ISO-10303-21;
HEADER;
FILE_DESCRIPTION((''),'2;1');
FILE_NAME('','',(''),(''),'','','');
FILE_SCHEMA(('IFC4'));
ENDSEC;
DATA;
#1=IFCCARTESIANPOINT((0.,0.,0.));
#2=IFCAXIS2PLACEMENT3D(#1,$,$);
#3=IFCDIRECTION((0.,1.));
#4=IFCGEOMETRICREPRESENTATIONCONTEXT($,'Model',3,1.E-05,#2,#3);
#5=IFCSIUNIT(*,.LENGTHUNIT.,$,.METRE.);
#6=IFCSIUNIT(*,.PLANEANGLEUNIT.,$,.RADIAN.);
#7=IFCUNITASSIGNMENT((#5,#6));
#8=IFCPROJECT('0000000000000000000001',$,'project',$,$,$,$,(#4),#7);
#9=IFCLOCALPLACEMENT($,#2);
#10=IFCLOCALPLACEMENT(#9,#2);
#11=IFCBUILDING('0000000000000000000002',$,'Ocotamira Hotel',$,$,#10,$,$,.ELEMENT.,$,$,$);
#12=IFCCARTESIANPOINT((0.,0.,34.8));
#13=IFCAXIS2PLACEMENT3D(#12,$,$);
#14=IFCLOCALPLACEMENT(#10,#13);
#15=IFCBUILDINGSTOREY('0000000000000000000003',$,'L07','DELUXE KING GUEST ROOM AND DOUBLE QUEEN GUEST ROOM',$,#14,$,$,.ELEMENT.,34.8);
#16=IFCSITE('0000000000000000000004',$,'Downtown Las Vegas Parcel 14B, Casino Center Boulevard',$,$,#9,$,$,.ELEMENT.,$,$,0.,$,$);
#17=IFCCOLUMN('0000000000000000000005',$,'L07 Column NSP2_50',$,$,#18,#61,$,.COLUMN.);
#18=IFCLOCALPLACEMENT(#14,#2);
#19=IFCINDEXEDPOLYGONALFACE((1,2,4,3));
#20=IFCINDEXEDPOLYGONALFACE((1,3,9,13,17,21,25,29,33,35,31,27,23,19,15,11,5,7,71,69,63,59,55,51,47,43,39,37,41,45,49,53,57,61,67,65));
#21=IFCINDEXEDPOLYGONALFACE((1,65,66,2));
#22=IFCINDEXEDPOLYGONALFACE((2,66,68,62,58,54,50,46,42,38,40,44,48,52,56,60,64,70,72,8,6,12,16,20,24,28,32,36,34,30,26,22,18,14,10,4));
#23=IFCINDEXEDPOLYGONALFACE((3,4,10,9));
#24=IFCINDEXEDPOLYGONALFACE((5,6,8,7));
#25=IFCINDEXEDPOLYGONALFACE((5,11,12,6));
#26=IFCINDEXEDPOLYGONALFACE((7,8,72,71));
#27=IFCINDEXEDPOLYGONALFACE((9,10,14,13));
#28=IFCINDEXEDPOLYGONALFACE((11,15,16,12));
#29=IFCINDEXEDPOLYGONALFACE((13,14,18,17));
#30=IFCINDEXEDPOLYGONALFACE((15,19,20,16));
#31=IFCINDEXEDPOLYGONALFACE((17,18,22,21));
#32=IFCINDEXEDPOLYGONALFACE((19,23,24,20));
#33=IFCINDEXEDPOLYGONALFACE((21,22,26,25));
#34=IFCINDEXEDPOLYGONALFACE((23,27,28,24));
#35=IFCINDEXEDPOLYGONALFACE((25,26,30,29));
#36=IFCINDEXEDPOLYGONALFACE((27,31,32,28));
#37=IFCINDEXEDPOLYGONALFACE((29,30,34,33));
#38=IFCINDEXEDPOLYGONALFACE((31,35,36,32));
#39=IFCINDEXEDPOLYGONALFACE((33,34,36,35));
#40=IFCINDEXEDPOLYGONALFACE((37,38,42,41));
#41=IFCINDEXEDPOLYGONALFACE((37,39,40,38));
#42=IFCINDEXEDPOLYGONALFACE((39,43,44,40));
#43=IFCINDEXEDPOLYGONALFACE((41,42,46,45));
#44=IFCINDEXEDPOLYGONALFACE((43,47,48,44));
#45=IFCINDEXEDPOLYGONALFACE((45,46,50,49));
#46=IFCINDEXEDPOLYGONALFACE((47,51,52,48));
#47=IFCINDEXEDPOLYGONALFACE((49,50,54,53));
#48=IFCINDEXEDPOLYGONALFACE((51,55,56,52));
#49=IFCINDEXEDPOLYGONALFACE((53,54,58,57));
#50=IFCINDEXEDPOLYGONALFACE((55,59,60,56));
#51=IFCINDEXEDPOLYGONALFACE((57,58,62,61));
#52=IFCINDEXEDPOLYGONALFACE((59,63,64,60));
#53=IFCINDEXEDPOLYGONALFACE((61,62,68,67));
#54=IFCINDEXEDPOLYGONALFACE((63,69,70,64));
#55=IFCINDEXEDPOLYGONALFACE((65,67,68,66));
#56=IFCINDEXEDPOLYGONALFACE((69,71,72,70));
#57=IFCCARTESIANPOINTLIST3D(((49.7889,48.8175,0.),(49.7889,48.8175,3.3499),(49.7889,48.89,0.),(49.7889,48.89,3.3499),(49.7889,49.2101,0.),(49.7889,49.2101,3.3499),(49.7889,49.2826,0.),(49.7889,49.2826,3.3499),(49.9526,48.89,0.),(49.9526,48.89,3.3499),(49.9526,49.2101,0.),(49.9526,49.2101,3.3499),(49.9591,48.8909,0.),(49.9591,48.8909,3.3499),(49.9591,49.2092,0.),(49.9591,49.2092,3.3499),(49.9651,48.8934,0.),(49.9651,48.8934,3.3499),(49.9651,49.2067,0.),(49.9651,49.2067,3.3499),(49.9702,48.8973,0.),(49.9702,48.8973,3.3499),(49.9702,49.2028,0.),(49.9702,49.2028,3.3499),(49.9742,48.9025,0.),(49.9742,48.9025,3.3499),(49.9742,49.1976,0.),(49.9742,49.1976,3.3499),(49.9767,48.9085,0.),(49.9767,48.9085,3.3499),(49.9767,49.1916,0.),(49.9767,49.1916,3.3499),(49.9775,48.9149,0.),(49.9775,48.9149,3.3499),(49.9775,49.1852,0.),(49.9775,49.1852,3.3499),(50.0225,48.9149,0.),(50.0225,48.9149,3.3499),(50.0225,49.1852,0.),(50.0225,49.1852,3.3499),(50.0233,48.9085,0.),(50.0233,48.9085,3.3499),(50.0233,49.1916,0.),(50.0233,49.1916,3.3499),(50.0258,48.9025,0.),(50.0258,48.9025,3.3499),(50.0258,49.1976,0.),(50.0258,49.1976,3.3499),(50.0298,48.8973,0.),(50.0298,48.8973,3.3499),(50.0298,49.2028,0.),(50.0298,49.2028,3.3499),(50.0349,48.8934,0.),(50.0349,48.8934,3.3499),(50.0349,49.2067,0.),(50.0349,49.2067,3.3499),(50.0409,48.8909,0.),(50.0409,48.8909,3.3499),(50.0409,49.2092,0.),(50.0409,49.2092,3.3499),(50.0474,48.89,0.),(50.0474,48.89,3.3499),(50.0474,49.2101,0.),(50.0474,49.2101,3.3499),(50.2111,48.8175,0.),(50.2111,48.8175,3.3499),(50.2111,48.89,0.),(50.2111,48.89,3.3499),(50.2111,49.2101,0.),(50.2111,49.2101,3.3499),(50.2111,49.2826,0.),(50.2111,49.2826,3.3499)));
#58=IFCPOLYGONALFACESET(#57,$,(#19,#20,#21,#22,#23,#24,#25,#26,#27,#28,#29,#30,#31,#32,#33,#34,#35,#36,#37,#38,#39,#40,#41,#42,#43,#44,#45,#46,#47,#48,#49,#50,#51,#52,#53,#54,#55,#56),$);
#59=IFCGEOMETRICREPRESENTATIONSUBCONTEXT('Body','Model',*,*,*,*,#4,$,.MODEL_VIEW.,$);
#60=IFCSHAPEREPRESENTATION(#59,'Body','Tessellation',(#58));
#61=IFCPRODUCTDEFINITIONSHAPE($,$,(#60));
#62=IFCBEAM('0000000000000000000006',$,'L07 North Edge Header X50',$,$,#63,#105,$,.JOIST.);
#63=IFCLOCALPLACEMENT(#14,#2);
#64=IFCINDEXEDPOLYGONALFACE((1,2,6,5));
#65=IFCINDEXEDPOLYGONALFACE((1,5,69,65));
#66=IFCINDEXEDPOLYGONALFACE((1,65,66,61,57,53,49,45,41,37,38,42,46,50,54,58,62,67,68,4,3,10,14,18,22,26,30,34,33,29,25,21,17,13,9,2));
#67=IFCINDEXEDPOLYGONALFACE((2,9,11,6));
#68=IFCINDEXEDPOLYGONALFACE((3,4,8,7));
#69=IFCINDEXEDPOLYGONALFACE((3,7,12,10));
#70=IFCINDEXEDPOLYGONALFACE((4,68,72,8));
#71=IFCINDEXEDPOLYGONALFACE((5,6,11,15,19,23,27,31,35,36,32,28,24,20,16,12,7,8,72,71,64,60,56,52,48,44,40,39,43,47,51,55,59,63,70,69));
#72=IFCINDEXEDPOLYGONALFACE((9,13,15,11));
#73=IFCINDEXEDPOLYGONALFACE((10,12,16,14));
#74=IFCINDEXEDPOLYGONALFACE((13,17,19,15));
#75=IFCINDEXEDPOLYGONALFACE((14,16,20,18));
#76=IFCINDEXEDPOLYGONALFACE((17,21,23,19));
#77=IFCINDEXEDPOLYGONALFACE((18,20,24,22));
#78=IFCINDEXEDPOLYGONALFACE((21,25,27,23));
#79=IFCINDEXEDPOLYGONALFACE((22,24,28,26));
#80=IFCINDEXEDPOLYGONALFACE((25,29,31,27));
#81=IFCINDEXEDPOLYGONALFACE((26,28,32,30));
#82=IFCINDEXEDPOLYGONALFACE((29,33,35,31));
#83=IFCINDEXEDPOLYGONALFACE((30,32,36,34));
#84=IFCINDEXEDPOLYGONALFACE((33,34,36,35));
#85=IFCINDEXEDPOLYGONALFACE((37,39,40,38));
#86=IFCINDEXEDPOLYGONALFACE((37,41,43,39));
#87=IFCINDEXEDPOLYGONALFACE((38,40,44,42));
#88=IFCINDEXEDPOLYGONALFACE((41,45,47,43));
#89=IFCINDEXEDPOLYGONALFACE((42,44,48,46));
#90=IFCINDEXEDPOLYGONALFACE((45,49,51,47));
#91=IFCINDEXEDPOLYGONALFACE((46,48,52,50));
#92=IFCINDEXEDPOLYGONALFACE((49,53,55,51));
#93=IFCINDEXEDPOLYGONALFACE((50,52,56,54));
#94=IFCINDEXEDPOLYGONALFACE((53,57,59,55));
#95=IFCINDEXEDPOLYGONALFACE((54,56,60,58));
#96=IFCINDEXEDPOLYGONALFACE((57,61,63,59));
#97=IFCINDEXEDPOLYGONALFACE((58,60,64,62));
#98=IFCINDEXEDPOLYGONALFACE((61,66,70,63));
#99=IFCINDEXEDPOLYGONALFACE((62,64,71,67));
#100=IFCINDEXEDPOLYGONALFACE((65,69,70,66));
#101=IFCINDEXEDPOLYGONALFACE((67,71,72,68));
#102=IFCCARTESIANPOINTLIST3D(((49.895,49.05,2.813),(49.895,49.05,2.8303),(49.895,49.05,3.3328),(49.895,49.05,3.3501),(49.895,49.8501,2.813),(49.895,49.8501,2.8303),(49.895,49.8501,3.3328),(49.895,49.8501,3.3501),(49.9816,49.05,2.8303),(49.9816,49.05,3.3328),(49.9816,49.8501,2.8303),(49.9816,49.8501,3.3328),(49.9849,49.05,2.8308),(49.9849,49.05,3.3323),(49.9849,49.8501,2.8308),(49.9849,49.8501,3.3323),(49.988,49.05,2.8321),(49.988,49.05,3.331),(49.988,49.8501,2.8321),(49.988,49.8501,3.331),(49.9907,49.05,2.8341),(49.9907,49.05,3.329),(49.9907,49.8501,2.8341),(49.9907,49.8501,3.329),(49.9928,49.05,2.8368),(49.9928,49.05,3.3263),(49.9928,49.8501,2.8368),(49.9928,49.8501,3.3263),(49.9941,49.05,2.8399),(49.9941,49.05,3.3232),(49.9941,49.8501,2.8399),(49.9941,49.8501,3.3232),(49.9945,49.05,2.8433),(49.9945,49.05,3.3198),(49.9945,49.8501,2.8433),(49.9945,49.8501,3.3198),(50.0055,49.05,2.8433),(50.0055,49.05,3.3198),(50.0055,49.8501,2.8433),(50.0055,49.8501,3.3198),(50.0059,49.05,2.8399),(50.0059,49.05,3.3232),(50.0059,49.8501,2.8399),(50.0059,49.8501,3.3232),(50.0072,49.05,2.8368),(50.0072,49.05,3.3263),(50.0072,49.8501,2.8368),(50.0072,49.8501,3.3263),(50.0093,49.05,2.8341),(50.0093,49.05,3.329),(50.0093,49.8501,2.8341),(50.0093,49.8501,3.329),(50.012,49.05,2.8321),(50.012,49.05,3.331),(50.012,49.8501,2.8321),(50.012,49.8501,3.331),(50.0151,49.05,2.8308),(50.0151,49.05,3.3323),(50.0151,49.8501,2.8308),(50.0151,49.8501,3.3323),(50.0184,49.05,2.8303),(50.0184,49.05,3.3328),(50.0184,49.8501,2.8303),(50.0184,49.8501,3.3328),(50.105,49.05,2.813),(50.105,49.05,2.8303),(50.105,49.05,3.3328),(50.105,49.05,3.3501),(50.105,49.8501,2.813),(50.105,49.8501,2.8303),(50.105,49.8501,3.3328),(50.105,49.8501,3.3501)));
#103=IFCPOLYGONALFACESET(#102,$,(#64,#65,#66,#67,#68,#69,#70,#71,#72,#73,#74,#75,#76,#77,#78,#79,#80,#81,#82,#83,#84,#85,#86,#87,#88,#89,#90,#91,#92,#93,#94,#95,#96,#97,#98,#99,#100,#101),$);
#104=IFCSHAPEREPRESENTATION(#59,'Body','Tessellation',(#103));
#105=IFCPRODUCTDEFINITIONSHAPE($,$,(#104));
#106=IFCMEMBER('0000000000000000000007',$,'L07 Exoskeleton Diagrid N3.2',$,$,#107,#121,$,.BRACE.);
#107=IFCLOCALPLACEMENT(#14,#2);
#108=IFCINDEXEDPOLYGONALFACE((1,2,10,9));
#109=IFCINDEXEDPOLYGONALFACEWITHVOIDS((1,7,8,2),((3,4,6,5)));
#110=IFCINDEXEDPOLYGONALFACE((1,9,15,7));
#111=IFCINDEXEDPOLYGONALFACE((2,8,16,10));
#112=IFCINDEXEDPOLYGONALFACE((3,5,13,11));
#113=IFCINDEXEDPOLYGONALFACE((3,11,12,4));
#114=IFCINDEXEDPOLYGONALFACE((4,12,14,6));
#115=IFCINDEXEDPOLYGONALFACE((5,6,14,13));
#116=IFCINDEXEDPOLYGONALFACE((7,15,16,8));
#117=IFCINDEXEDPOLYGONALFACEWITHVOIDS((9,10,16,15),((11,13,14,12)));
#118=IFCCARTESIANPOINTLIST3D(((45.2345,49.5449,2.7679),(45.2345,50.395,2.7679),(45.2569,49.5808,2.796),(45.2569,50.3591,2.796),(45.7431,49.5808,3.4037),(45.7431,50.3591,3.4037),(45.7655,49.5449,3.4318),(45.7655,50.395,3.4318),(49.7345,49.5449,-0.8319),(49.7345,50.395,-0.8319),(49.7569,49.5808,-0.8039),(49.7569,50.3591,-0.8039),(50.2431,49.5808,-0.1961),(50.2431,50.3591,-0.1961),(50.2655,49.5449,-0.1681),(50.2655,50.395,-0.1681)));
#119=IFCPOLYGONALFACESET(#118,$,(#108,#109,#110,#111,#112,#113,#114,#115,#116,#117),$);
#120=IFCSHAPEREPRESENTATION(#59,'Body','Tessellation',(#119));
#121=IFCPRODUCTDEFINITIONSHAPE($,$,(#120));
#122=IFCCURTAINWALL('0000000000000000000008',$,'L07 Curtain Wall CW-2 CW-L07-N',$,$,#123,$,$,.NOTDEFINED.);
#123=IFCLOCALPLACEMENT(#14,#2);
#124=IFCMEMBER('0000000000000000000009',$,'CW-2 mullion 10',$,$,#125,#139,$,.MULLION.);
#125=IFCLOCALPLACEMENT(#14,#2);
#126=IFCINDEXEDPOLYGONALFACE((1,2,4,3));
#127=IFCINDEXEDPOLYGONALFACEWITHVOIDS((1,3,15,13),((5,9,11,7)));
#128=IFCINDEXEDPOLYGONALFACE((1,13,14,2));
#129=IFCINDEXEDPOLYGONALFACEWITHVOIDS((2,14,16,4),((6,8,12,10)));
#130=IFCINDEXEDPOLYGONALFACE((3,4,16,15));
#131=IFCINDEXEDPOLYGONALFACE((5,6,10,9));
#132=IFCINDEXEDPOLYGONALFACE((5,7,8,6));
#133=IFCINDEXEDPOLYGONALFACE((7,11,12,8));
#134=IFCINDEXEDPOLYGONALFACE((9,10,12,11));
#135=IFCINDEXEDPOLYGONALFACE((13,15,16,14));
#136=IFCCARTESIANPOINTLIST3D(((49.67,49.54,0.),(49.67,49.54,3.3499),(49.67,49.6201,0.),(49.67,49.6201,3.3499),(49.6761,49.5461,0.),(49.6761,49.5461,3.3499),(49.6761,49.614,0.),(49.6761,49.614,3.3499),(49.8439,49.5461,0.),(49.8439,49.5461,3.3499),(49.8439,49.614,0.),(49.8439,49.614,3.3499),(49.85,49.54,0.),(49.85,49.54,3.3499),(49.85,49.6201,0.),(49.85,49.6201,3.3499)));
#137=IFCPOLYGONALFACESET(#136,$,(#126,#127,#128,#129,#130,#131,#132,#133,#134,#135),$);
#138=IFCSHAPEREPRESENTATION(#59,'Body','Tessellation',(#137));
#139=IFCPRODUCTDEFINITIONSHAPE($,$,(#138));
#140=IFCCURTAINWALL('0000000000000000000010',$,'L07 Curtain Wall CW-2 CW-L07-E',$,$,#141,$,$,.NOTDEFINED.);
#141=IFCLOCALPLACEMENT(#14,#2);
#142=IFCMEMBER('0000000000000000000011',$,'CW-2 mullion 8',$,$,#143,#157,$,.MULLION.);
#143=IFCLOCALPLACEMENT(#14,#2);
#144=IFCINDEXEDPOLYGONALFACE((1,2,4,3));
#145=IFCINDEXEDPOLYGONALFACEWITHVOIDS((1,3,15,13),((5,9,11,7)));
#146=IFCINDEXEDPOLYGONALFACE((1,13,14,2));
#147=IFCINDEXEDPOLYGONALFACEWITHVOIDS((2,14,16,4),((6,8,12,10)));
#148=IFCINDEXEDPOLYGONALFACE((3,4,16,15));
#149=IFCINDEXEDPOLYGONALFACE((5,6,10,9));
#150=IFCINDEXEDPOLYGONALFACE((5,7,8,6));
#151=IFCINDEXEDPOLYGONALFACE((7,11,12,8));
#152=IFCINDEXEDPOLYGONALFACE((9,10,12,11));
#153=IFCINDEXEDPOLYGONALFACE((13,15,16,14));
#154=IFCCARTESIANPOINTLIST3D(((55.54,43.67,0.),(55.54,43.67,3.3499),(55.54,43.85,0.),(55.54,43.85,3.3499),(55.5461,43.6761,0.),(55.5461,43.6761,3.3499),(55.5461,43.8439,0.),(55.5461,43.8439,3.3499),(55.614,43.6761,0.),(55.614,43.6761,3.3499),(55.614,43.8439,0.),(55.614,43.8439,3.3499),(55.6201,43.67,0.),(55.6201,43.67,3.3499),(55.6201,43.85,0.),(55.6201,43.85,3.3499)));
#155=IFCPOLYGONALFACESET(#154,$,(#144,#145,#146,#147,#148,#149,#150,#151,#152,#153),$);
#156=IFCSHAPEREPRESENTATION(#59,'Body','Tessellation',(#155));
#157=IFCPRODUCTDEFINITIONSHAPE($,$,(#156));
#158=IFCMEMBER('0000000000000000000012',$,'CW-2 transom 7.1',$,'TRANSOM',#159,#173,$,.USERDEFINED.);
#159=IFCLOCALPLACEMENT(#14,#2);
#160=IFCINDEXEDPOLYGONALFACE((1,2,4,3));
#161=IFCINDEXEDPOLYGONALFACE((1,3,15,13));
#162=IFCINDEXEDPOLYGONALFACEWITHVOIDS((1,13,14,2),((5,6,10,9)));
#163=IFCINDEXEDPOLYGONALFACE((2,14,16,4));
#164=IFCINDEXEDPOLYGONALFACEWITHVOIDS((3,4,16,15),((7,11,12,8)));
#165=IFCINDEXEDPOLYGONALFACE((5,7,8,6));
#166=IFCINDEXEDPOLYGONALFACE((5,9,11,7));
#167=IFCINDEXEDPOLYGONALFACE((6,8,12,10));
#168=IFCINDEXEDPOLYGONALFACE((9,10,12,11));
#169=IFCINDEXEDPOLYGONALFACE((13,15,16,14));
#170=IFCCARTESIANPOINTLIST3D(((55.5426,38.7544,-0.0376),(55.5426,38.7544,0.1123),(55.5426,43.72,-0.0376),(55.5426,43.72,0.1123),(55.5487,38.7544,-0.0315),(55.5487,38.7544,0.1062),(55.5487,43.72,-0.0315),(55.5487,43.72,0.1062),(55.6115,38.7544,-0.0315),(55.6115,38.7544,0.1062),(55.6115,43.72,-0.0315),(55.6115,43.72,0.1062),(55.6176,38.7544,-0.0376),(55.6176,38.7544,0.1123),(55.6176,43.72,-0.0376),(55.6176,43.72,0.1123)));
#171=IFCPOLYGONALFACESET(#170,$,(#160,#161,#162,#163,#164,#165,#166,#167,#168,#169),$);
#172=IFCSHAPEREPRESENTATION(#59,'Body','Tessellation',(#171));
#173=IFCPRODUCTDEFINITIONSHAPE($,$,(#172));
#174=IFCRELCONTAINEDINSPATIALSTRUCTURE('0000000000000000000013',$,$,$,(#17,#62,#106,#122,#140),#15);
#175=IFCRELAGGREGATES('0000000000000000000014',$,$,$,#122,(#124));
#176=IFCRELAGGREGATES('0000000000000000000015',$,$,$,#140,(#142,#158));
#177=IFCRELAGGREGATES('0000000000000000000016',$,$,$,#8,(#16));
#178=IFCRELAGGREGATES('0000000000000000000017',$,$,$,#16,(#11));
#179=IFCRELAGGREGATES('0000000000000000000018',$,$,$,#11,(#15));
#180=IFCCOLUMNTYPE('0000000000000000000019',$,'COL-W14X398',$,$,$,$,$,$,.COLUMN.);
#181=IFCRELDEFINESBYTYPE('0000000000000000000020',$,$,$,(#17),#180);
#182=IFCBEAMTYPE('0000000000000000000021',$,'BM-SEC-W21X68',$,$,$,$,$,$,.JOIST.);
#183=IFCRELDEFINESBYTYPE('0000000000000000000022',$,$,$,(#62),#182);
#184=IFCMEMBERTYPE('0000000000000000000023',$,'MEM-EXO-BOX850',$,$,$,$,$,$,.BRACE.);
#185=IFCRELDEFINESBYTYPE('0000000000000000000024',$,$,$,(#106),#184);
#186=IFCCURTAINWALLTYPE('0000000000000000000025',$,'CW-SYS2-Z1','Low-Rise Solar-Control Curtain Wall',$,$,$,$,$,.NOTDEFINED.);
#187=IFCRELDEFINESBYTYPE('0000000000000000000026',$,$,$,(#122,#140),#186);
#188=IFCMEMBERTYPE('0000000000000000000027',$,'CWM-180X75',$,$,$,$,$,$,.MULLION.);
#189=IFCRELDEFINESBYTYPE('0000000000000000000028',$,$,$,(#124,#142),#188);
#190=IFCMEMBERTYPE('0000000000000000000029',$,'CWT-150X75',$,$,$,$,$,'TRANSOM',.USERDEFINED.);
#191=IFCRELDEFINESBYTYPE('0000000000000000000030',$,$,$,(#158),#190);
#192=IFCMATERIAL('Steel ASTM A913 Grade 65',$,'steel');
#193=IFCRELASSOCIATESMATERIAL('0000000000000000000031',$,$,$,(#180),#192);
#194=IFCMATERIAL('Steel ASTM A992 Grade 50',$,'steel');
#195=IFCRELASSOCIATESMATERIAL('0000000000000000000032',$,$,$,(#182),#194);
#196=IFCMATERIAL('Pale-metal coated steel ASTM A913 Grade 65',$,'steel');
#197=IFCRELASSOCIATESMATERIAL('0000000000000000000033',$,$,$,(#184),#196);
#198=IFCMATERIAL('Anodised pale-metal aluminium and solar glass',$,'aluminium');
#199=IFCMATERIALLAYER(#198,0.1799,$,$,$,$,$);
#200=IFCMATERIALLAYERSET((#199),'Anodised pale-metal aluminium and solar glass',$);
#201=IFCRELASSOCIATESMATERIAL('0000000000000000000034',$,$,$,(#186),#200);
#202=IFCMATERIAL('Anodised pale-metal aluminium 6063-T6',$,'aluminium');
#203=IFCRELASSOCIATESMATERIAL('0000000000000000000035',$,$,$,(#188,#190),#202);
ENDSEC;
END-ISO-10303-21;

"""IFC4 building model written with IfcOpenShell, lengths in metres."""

from ifc_helpers import new_model, si_unit, direction, frame, origin, origin_2d, place, context, subcontext, project, spatial, hollow_rectangle, i_section, extrude, source, transform, mapped, material, layer, layer_set, material_profile, profile_set, type_object, element, aggregate, save


model = new_model("IFC4")

# Units and contexts
model_context = context("Model", 3, precision=1e-05, world=origin(), true_north=direction((0.0, 1.0)))
body_context = subcontext(model_context, "Body", "Model", "MODEL_VIEW")
ifc_project = project(units=[si_unit("LENGTHUNIT", "METRE"), si_unit("PLANEANGLEUNIT", "RADIAN")], contexts=[model_context])

# Site, building, storey
site_placement = place(None, origin())
site = spatial("IfcSite", under=ifc_project, at=site_placement, Name="Downtown Las Vegas Parcel 14B, Casino Center Boulevard", CompositionType="ELEMENT", RefElevation=0.0)
building_placement = place(site_placement, origin())
building = spatial("IfcBuilding", under=site, at=building_placement, Name="Ocotamira Hotel", CompositionType="ELEMENT")
storey_placement = place(building_placement, frame((0.0, 0.0, 34.8)))
storey = spatial("IfcBuildingStorey", under=building, at=storey_placement, Name="L07", Description="DELUXE KING GUEST ROOM AND DOUBLE QUEEN GUEST ROOM", CompositionType="ELEMENT", Elevation=34.8)

# Column
ifc_material_1 = material(Name="Steel ASTM A913 Grade 65", Category="steel")
ifc_material_profile_1 = material_profile(ifc_material_1, i_section(OverallWidth=0.4221, OverallDepth=0.4651, WebThickness=0.0449, FlangeThickness=0.0725, FilletRadius=0.0249, at=origin_2d()), Name="W14X398")
ifc_profile_set_1 = profile_set([ifc_material_profile_1], Name="Steel ASTM A913 Grade 65")
column_type = type_object("IfcColumnType", Name="COL-W14X398", PredefinedType="COLUMN", material=ifc_profile_set_1)
shared_shape_1 = source(origin(), body_context, "Body", "SweptSolid", [
    extrude(i_section(OverallWidth=0.4221, OverallDepth=0.4651, WebThickness=0.0449, FlangeThickness=0.0725, FilletRadius=0.0249, at=origin_2d()), origin(), (0.0, 0.0, 1.0), 3.3499),
])
column_placement = place(storey_placement, frame((50.0, 49.05, 0.0), z_axis=(0.0, 0.0, 1.0), x_axis=(1.0, 0.0, 0.0)))
element("IfcColumn", 1, at=column_placement, inside=storey, type_object=column_type, Name="L07 Column NSP2_50", PredefinedType="COLUMN", context=body_context, shape_type="MappedRepresentation", body=[
    mapped(shared_shape_1, transform((0.0, 0.0, 0.0), scale=1.0)),
])

# Beam
ifc_material_2 = material(Name="Steel ASTM A992 Grade 50", Category="steel")
ifc_material_profile_2 = material_profile(ifc_material_2, i_section(OverallWidth=0.21, OverallDepth=0.5371, WebThickness=0.011, FlangeThickness=0.0173, FilletRadius=0.0129, at=origin_2d()), Name="W21X68")
ifc_profile_set_2 = profile_set([ifc_material_profile_2], Name="Steel ASTM A992 Grade 50")
beam_type = type_object("IfcBeamType", Name="BM-SEC-W21X68", PredefinedType="JOIST", material=ifc_profile_set_2)
shared_shape_2 = source(origin(), body_context, "Body", "SweptSolid", [
    extrude(i_section(OverallWidth=0.21, OverallDepth=0.5371, WebThickness=0.011, FlangeThickness=0.0173, FilletRadius=0.0129, at=origin_2d()), origin(), (0.0, 0.0, 1.0), 0.8),
])
beam_placement = place(storey_placement, frame((50.0, 49.05, 3.0815), z_axis=(0.0, 1.0, 0.0), x_axis=(-1.0, 0.0, 0.0)))
element("IfcBeam", 2, at=beam_placement, inside=storey, type_object=beam_type, Name="L07 North Edge Header X50", PredefinedType="JOIST", context=body_context, shape_type="MappedRepresentation", body=[
    mapped(shared_shape_2, transform((0.0, 0.0, 0.0), scale=1.0)),
])

# Member
ifc_material_3 = material(Name="Pale-metal coated steel ASTM A913 Grade 65", Category="steel")
ifc_material_profile_3 = material_profile(ifc_material_3, hollow_rectangle(XDim=0.8501, YDim=0.8501, WallThickness=0.0359, at=origin_2d()), Name="BOX850X850X36")
ifc_profile_set_3 = profile_set([ifc_material_profile_3], Name="Pale-metal coated steel ASTM A913 Grade 65")
member_type_1 = type_object("IfcMemberType", Name="MEM-EXO-BOX850", PredefinedType="BRACE", material=ifc_profile_set_3)
shared_shape_3 = source(origin(), body_context, "Body", "SweptSolid", [
    extrude(hollow_rectangle(XDim=0.8501, YDim=0.8501, WallThickness=0.0359, at=origin_2d()), origin(), (0.0, 0.0, 1.0), 5.7627),
])
member_1_placement = place(storey_placement, frame((50.0, 49.97, -0.5), z_axis=(-0.780881, 0.0, 0.62468), x_axis=(0.0, -1.0, 0.0)))
element("IfcMember", 3, at=member_1_placement, inside=storey, type_object=member_type_1, Name="L07 Exoskeleton Diagrid N3.2", PredefinedType="BRACE", context=body_context, shape_type="MappedRepresentation", body=[
    mapped(shared_shape_3, transform((0.0, 0.0, 0.0), scale=1.0)),
])

# Curtain wall, member
ifc_material_4 = material(Name="Anodised pale-metal aluminium and solar glass", Category="aluminium")
ifc_layer_1 = layer(ifc_material_4, 0.1799)
ifc_layer_set_1 = layer_set([ifc_layer_1], Name="Anodised pale-metal aluminium and solar glass")
curtain_wall_type = type_object("IfcCurtainWallType", Name="CW-SYS2-Z1", Description="Low-Rise Solar-Control Curtain Wall", PredefinedType="NOTDEFINED", material=ifc_layer_set_1)
curtain_wall_1_placement = place(storey_placement, origin())
curtain_wall_1 = element("IfcCurtainWall", 4, at=curtain_wall_1_placement, inside=storey, type_object=curtain_wall_type, Name="L07 Curtain Wall CW-2 CW-L07-N", PredefinedType="NOTDEFINED")
ifc_material_5 = material(Name="Anodised pale-metal aluminium 6063-T6", Category="aluminium")
ifc_material_profile_4 = material_profile(ifc_material_5, hollow_rectangle(XDim=0.0801, YDim=0.1799, WallThickness=0.0061, at=origin_2d()), Name="HSS180X80X6")
ifc_profile_set_4 = profile_set([ifc_material_profile_4], Name="Anodised pale-metal aluminium 6063-T6")
member_type_2 = type_object("IfcMemberType", Name="CWM-180X75", PredefinedType="MULLION", material=ifc_profile_set_4)
shared_shape_4 = source(origin(), body_context, "Body", "SweptSolid", [
    extrude(hollow_rectangle(XDim=0.0801, YDim=0.1799, WallThickness=0.0061, at=origin_2d()), origin(), (0.0, 0.0, 1.0), 3.3499),
])
member_2_placement = place(storey_placement, frame((49.76, 49.5801, 0.0), z_axis=(0.0, 0.0, 1.0), x_axis=(0.0, 1.0, 0.0)))
member_2 = element("IfcMember", 5, at=member_2_placement, type_object=member_type_2, Name="CW-2 mullion 10", PredefinedType="MULLION", context=body_context, shape_type="MappedRepresentation", body=[
    mapped(shared_shape_4, transform((0.0, 0.0, 0.0), scale=1.0)),
])
aggregate(curtain_wall_1, [member_2])

# Curtain wall, members
curtain_wall_2_placement = place(storey_placement, origin())
curtain_wall_2 = element("IfcCurtainWall", 6, at=curtain_wall_2_placement, inside=storey, type_object=curtain_wall_type, Name="L07 Curtain Wall CW-2 CW-L07-E", PredefinedType="NOTDEFINED")
member_3_placement = place(storey_placement, frame((55.5801, 43.76, 0.0), z_axis=(0.0, 0.0, 1.0), x_axis=(-1.0, 0.0, 0.0)))
member_3 = element("IfcMember", 7, at=member_3_placement, type_object=member_type_2, Name="CW-2 mullion 8", PredefinedType="MULLION", context=body_context, shape_type="MappedRepresentation", body=[
    mapped(shared_shape_4, transform((0.0, 0.0, 0.0), scale=1.0)),
])
ifc_material_profile_5 = material_profile(ifc_material_5, hollow_rectangle(XDim=0.075, YDim=0.1499, WallThickness=0.0061, at=origin_2d()), Name="HSS150X75X6")
ifc_profile_set_5 = profile_set([ifc_material_profile_5], Name="Anodised pale-metal aluminium 6063-T6")
member_type_3 = type_object("IfcMemberType", Name="CWT-150X75", ElementType="TRANSOM", PredefinedType="USERDEFINED", material=ifc_profile_set_5)
shared_shape_5 = source(origin(), body_context, "Body", "SweptSolid", [
    extrude(hollow_rectangle(XDim=0.075, YDim=0.1499, WallThickness=0.0061, at=origin_2d()), origin(), (0.0, 0.0, 1.0), 4.9656),
])
member_4_placement = place(storey_placement, frame((55.5801, 38.7544, 0.0374), z_axis=(0.0, 1.0, 0.0), x_axis=(-1.0, 0.0, 0.0)))
member_4 = element("IfcMember", 8, at=member_4_placement, type_object=member_type_3, Name="CW-2 transom 7.1", ObjectType="TRANSOM", PredefinedType="USERDEFINED", context=body_context, shape_type="MappedRepresentation", body=[
    mapped(shared_shape_5, transform((0.0, 0.0, 0.0), scale=1.0)),
])
aggregate(curtain_wall_2, [member_3, member_4])

save(model, "model.ifc")
